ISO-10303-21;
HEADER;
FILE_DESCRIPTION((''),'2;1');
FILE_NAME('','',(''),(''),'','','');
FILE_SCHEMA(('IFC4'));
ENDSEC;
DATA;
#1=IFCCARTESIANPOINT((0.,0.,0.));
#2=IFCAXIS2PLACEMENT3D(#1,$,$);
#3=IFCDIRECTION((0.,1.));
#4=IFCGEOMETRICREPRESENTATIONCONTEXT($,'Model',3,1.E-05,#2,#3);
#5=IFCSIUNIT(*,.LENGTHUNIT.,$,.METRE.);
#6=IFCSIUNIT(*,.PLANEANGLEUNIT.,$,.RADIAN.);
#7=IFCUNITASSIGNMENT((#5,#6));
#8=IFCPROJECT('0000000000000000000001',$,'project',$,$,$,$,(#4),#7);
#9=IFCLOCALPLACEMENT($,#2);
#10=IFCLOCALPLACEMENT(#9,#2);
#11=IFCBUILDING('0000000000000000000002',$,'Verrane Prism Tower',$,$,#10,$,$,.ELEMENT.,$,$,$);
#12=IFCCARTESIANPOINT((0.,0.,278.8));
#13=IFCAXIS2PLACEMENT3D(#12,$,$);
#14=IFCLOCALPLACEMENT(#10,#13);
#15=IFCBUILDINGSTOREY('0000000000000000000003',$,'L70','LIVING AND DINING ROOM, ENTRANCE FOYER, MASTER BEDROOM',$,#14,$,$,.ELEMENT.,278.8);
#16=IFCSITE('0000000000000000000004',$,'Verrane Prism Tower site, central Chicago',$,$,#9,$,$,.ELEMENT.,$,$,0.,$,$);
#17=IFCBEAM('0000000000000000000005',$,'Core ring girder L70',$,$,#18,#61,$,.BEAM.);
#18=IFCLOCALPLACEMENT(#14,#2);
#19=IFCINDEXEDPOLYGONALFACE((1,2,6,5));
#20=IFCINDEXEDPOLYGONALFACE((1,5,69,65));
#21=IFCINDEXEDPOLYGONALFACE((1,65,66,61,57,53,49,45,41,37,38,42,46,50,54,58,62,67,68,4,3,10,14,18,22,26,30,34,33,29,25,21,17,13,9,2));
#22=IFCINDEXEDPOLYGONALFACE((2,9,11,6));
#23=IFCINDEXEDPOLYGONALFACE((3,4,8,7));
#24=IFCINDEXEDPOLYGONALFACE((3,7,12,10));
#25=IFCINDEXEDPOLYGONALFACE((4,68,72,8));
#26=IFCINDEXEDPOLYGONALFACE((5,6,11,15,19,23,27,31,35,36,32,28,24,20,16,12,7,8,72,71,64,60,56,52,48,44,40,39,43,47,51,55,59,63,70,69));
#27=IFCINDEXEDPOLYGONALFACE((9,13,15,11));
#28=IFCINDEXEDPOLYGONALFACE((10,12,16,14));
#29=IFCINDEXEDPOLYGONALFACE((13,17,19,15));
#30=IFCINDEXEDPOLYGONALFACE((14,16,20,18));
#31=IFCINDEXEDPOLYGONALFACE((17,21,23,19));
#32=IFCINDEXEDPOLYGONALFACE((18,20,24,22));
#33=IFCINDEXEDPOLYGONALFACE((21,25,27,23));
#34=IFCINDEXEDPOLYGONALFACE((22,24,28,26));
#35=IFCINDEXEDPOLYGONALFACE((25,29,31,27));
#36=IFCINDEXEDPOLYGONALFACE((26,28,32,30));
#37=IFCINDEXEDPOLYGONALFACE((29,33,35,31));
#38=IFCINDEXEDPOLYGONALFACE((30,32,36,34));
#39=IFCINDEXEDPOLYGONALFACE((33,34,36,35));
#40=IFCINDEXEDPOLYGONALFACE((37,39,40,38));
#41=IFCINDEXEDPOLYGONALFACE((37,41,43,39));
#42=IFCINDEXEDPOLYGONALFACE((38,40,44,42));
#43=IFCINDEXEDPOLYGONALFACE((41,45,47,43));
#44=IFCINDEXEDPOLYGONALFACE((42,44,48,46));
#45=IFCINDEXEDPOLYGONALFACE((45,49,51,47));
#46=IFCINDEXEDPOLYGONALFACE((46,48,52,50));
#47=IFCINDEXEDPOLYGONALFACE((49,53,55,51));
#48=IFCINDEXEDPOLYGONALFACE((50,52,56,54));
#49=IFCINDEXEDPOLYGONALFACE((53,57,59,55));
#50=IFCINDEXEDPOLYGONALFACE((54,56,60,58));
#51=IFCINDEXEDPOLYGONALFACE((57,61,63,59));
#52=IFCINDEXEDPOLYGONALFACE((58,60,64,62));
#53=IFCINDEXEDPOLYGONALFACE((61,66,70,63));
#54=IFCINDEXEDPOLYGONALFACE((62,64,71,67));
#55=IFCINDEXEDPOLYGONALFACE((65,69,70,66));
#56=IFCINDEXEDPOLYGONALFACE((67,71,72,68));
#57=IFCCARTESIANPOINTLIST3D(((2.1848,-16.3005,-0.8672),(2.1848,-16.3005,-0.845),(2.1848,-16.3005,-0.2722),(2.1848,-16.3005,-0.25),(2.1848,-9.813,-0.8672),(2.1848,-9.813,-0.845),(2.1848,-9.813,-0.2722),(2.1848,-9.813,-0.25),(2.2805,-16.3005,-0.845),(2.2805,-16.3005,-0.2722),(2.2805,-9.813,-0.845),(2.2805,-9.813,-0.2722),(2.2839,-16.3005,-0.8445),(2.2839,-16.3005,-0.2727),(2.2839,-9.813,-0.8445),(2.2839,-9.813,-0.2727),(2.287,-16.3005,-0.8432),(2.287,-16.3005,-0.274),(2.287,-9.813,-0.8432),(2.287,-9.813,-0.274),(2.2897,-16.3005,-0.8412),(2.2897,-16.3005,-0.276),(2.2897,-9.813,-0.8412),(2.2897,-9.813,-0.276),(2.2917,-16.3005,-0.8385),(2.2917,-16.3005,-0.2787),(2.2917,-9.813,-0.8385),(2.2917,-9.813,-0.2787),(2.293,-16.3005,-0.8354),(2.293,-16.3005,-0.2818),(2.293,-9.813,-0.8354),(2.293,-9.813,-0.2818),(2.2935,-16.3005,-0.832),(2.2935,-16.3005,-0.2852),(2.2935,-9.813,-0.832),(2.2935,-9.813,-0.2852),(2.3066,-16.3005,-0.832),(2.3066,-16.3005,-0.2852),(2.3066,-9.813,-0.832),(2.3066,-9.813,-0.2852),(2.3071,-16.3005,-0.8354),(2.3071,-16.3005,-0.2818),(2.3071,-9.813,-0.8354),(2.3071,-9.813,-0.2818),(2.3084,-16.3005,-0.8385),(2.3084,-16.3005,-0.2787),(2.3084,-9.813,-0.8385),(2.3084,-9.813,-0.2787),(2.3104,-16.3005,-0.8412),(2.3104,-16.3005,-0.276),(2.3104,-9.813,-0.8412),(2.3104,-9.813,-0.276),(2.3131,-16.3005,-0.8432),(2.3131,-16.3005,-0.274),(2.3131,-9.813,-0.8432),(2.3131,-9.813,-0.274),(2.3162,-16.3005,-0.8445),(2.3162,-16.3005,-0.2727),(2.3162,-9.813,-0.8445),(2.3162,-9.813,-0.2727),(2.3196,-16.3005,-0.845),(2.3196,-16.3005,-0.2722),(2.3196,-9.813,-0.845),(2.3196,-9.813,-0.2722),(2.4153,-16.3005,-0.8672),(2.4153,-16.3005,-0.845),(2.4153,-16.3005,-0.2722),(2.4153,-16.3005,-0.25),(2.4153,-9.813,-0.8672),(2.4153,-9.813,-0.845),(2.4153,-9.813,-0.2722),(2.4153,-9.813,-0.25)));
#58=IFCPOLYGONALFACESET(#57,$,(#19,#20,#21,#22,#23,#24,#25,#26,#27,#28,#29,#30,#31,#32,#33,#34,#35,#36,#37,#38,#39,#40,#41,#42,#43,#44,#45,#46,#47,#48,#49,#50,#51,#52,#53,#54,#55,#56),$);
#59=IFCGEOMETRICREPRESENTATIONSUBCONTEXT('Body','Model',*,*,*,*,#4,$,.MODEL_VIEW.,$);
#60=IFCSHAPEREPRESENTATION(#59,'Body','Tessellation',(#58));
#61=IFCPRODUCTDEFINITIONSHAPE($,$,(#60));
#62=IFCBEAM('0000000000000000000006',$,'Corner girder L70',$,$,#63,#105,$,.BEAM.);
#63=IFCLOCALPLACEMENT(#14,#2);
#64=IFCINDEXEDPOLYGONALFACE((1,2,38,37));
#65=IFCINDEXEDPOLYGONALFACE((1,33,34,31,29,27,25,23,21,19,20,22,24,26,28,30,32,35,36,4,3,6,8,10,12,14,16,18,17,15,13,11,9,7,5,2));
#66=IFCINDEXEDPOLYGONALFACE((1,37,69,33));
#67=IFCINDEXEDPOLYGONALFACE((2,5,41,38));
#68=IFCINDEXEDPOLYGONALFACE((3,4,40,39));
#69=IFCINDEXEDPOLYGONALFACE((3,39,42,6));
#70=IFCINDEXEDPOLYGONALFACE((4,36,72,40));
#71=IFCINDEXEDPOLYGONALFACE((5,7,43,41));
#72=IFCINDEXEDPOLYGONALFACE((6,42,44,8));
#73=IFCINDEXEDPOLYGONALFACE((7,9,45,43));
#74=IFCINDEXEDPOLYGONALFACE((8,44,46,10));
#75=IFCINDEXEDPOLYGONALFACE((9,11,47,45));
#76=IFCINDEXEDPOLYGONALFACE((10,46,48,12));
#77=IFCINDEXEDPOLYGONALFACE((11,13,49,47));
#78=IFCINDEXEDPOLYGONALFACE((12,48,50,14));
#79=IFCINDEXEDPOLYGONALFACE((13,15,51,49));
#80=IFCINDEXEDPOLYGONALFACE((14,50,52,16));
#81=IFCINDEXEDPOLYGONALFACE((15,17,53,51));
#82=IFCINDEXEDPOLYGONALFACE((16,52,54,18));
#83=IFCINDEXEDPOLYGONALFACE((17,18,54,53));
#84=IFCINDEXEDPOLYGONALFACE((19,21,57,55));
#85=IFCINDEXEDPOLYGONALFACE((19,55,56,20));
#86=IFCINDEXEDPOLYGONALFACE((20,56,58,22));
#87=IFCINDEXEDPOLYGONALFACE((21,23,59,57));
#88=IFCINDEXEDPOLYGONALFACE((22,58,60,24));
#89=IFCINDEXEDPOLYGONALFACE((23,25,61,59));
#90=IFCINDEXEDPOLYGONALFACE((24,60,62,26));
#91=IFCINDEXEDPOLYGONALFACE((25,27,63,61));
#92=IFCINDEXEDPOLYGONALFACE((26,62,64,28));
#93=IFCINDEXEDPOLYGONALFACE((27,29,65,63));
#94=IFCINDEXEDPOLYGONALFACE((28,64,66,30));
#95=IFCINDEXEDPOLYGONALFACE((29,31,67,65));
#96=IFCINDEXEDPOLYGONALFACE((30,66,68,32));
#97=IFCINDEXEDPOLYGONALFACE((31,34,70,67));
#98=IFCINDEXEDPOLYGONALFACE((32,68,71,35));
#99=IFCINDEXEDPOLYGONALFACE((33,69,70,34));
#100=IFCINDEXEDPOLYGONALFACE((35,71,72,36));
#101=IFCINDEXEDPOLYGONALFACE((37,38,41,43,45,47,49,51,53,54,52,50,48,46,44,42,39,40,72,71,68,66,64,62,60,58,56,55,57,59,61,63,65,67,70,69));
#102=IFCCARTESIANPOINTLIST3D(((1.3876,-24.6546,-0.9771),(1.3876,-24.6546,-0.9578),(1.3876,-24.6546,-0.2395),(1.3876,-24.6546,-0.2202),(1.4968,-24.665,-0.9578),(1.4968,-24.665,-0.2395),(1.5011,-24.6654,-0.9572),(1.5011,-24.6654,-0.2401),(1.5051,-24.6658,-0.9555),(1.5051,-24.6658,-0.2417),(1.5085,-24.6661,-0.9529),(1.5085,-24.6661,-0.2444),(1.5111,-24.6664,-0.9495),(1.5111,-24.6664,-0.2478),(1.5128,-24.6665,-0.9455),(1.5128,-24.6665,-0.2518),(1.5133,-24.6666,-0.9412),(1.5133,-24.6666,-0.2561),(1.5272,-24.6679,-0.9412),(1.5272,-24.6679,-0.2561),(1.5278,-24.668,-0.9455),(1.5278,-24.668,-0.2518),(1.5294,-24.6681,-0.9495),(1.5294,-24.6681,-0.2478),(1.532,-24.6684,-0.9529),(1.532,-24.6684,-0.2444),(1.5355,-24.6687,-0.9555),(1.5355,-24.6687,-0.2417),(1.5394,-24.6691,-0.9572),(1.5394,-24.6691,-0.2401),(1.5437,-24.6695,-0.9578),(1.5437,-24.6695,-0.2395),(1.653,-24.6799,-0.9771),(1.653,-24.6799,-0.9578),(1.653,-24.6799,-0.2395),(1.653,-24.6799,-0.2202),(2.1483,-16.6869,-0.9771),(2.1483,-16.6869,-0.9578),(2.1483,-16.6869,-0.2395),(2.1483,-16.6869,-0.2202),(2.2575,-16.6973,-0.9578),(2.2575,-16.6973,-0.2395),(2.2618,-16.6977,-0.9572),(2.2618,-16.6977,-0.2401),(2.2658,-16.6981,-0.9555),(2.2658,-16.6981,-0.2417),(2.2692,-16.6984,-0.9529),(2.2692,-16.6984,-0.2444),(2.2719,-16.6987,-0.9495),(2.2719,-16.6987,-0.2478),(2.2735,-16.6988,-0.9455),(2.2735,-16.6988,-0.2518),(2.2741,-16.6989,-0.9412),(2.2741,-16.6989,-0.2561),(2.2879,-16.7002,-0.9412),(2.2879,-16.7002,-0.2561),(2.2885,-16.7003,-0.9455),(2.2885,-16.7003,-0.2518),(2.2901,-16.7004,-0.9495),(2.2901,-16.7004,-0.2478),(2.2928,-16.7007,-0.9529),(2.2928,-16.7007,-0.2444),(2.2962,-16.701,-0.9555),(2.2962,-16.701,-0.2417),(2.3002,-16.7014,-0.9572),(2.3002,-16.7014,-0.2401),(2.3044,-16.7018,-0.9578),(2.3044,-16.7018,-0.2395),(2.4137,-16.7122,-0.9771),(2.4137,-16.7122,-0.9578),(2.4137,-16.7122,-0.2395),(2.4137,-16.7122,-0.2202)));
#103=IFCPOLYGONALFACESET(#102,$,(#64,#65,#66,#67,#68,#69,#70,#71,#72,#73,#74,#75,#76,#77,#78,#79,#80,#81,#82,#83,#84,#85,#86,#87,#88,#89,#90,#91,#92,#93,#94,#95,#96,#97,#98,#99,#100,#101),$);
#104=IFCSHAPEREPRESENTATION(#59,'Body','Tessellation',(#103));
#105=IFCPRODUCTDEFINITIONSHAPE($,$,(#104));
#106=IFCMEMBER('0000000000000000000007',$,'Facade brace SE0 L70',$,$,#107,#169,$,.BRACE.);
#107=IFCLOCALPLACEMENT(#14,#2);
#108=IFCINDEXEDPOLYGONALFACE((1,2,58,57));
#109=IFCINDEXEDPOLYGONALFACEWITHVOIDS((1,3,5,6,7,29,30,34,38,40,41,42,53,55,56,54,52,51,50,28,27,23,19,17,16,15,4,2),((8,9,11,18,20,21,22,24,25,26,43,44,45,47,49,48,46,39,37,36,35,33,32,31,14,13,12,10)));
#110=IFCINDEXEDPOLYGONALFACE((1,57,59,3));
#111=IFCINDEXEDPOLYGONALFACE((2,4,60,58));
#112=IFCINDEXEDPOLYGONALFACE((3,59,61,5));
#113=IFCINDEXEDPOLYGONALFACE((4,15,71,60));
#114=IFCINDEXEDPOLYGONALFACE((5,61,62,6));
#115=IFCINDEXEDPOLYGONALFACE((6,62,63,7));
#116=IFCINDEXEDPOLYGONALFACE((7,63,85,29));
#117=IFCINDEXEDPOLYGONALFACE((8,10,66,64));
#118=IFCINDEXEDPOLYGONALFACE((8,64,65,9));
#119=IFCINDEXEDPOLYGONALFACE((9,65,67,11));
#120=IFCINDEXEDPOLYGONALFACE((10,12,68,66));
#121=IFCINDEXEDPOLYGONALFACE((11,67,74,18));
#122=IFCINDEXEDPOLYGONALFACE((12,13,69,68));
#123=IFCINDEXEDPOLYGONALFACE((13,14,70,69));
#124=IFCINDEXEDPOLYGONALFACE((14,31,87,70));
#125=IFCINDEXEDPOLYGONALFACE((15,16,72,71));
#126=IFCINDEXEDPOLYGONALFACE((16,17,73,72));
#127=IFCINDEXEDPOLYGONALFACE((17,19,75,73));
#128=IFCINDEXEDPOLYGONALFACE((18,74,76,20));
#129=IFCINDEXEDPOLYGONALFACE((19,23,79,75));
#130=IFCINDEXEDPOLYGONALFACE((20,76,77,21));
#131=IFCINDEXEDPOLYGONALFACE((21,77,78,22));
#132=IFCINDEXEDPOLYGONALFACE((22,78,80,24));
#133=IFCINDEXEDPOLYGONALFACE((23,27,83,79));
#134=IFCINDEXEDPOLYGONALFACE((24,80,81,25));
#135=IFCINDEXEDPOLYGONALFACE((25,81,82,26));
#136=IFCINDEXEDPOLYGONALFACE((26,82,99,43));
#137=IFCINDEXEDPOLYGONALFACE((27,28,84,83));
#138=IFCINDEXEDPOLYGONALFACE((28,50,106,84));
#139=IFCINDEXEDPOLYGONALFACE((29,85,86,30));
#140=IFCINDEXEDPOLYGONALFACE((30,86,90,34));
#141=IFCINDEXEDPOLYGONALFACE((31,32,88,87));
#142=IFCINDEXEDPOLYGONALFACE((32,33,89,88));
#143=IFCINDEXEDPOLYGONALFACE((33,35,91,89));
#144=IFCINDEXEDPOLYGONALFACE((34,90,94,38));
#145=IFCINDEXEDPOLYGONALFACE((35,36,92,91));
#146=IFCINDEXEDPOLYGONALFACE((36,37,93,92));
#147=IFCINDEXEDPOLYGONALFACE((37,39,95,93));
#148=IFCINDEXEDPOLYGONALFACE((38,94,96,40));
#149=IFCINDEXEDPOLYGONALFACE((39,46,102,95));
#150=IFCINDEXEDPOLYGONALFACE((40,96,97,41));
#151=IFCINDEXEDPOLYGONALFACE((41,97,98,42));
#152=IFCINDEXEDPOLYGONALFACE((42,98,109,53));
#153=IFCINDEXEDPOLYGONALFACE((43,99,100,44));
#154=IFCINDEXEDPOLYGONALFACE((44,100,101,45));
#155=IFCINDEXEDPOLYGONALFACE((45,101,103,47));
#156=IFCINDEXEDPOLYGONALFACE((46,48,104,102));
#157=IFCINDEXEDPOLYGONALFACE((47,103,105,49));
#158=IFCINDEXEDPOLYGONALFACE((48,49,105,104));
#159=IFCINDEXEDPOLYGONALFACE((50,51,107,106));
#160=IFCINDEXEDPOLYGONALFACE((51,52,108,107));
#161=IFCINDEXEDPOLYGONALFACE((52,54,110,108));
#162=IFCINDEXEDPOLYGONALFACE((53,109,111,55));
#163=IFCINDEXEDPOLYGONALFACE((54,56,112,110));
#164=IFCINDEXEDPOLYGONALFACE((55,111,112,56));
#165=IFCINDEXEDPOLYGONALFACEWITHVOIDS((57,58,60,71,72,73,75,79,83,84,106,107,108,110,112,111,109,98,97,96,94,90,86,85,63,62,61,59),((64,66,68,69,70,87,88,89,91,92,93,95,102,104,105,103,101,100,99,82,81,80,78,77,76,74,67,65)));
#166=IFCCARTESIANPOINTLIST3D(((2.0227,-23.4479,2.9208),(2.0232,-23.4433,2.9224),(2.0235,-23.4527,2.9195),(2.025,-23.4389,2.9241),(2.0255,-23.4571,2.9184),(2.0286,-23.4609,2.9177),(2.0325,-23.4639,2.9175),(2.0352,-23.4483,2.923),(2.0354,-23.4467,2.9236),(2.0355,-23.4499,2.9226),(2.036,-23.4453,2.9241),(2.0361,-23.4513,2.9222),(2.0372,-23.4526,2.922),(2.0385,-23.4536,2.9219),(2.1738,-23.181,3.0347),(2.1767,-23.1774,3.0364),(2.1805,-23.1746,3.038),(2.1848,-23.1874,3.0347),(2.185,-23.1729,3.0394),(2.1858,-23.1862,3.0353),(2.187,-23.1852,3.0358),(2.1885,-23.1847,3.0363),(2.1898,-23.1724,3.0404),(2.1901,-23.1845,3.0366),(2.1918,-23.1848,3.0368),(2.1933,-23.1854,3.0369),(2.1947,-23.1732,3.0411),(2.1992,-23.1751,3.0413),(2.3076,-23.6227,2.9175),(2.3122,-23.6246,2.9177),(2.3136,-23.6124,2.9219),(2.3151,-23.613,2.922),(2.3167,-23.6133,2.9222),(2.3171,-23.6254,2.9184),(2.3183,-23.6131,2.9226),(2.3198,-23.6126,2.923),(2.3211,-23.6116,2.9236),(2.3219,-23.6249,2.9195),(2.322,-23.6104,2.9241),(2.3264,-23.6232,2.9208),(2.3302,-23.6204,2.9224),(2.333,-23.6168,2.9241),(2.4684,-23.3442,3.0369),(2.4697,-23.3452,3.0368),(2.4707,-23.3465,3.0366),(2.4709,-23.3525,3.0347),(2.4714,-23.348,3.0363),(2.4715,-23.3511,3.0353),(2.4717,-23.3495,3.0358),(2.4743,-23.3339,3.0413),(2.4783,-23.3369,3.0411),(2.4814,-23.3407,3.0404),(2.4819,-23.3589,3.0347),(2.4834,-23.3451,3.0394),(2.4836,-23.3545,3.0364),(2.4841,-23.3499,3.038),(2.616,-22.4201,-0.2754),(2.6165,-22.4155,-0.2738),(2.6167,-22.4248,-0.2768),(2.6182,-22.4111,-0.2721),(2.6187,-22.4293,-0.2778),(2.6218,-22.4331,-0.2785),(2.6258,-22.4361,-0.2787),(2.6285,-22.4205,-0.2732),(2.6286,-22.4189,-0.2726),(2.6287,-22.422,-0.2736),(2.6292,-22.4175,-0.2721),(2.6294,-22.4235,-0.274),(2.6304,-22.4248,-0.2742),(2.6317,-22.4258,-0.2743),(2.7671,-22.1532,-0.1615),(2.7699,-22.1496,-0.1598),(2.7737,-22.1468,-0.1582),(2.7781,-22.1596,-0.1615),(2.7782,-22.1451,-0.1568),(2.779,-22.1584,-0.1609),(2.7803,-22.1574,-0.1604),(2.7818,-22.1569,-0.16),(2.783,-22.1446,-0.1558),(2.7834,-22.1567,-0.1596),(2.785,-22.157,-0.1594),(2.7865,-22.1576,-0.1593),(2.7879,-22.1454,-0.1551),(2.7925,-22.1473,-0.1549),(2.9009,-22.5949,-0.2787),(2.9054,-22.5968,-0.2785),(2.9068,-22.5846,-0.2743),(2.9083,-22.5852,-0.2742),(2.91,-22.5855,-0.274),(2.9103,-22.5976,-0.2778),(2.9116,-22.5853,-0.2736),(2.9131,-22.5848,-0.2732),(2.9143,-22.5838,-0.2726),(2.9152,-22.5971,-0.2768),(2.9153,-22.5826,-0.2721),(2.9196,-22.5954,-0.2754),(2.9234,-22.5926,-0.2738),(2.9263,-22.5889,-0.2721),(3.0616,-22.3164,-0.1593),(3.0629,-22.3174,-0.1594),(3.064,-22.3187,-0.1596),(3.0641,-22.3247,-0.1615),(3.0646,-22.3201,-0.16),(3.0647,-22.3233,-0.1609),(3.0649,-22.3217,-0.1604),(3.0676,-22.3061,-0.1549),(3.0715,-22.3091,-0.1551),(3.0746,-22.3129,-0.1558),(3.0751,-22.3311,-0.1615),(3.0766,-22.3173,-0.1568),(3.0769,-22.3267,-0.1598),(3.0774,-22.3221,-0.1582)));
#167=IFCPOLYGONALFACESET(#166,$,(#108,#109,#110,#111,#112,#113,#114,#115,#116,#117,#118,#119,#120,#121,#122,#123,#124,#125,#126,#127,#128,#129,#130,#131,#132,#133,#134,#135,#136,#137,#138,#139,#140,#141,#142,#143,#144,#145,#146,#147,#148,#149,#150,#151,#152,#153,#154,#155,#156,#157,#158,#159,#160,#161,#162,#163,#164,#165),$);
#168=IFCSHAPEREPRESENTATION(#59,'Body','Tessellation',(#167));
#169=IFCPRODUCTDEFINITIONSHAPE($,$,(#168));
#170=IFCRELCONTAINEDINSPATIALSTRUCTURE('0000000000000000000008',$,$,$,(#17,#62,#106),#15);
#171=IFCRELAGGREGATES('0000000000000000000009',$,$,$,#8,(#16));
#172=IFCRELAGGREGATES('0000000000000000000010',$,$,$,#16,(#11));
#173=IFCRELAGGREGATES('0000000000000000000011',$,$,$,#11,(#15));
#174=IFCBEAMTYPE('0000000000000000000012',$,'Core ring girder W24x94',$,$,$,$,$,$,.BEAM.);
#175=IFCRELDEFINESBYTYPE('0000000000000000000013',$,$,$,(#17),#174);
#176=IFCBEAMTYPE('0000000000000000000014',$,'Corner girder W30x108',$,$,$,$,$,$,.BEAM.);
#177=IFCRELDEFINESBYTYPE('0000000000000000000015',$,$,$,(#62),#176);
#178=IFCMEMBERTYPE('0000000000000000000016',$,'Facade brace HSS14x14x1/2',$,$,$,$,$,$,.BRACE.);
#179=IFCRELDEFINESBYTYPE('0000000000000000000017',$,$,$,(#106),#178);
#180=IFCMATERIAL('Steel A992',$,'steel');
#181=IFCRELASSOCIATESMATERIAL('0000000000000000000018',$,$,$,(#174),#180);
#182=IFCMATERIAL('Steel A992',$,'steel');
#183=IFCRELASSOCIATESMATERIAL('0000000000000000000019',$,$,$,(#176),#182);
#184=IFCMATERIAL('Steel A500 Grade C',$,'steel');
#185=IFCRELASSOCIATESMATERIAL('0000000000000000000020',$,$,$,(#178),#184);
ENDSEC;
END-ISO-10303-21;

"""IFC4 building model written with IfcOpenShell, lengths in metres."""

from ifc_helpers import new_model, si_unit, direction, frame, origin, origin_2d, place, context, subcontext, project, spatial, hollow_rectangle, i_section, extrude, material, material_profile, profile_set, type_object, element, save


model = new_model("IFC4")

# Units and contexts
model_context = context("Model", 3, precision=1e-05, world=origin(), true_north=direction((0.0, 1.0)))
body_context = subcontext(model_context, "Body", "Model", "MODEL_VIEW")
ifc_project = project(units=[si_unit("LENGTHUNIT", "METRE"), si_unit("PLANEANGLEUNIT", "RADIAN")], contexts=[model_context])

# Site, building, storey
site_placement = place(None, origin())
site = spatial("IfcSite", under=ifc_project, at=site_placement, Name="Verrane Prism Tower site, central Chicago", CompositionType="ELEMENT", RefElevation=0.0)
building_placement = place(site_placement, origin())
building = spatial("IfcBuilding", under=site, at=building_placement, Name="Verrane Prism Tower", CompositionType="ELEMENT")
storey_placement = place(building_placement, frame((0.0, 0.0, 278.8)))
storey = spatial("IfcBuildingStorey", under=building, at=storey_placement, Name="L70", Description="LIVING AND DINING ROOM, ENTRANCE FOYER, MASTER BEDROOM", CompositionType="ELEMENT", Elevation=278.8)

# Beams
ifc_material_1 = material(Name="Steel A992", Category="steel")
ifc_material_profile_1 = material_profile(ifc_material_1, i_section(OverallWidth=0.2305, OverallDepth=0.6172, WebThickness=0.0132, FlangeThickness=0.0222, FilletRadius=0.0129, at=origin_2d()), Name="W24x94")
ifc_profile_set_1 = profile_set([ifc_material_profile_1], Name="Steel A992")
beam_type_1 = type_object("IfcBeamType", Name="Core ring girder W24x94", PredefinedType="BEAM", material=ifc_profile_set_1)
beam_1_placement = place(storey_placement, frame((2.3, -16.3005, -0.5586), z_axis=(0.0, 1.0, 0.0), x_axis=(-1.0, 0.0, 0.0)))
element("IfcBeam", 1, at=beam_1_placement, inside=storey, type_object=beam_type_1, Name="Core ring girder L70", PredefinedType="BEAM", context=body_context, shape_type="SweptSolid", body=[
    extrude(i_section(OverallWidth=0.2305, OverallDepth=0.6172, WebThickness=0.0132, FlangeThickness=0.0222, FilletRadius=0.0129, at=origin_2d()), origin(), (0.0, 0.0, 1.0), 6.4875),
])
ifc_material_2 = material(Name="Steel A992", Category="steel")
ifc_material_profile_2 = material_profile(ifc_material_2, i_section(OverallWidth=0.2666, OverallDepth=0.7568, WebThickness=0.0139, FlangeThickness=0.0193, FilletRadius=0.0166, at=origin_2d()), Name="W30x108")
ifc_profile_set_2 = profile_set([ifc_material_profile_2], Name="Steel A992")
beam_type_2 = type_object("IfcBeamType", Name="Corner girder W30x108", PredefinedType="BEAM", material=ifc_profile_set_2)
beam_2_placement = place(storey_placement, frame((1.5203, -24.6672, -0.5986), z_axis=(0.095045, 0.995473, 0.0), x_axis=(-0.995473, 0.095045, 0.0)))
element("IfcBeam", 2, at=beam_2_placement, inside=storey, type_object=beam_type_2, Name="Corner girder L70", PredefinedType="BEAM", context=body_context, shape_type="SweptSolid", body=[
    extrude(i_section(OverallWidth=0.2666, OverallDepth=0.7568, WebThickness=0.0139, FlangeThickness=0.0193, FilletRadius=0.0166, at=origin_2d()), origin(), (0.0, 0.0, 1.0), 8.0039),
])

# Member
ifc_material_3 = material(Name="Steel A500 Grade C", Category="steel")
ifc_material_profile_3 = material_profile(ifc_material_3, hollow_rectangle(XDim=0.3557, YDim=0.3557, WallThickness=0.0127, InnerFilletRadius=0.0063, OuterFilletRadius=0.019, at=origin_2d()), Name="HSS14x14x1/2")
ifc_profile_set_3 = profile_set([ifc_material_profile_3], Name="Steel A500 Grade C")
member_type_1 = type_object("IfcMemberType", Name="Facade brace HSS14x14x1/2", PredefinedType="BRACE", material=ifc_profile_set_3)
member_1_placement = place(storey_placement, frame((2.8467, -22.3711, -0.2168), z_axis=(-0.174003, -0.301462, 0.937467), x_axis=(0.866083, -0.499901, 0.0)))
element("IfcMember", 3, at=member_1_placement, inside=storey, type_object=member_type_1, Name="Facade brace SE0 L70", PredefinedType="BRACE", context=body_context, shape_type="SweptSolid", body=[
    extrude(hollow_rectangle(XDim=0.3557, YDim=0.3557, WallThickness=0.0127, InnerFilletRadius=0.0063, OuterFilletRadius=0.019, at=origin_2d()), origin(), (0.0, 0.0, 1.0), 3.4094),
])

save(model, "model.ifc")
